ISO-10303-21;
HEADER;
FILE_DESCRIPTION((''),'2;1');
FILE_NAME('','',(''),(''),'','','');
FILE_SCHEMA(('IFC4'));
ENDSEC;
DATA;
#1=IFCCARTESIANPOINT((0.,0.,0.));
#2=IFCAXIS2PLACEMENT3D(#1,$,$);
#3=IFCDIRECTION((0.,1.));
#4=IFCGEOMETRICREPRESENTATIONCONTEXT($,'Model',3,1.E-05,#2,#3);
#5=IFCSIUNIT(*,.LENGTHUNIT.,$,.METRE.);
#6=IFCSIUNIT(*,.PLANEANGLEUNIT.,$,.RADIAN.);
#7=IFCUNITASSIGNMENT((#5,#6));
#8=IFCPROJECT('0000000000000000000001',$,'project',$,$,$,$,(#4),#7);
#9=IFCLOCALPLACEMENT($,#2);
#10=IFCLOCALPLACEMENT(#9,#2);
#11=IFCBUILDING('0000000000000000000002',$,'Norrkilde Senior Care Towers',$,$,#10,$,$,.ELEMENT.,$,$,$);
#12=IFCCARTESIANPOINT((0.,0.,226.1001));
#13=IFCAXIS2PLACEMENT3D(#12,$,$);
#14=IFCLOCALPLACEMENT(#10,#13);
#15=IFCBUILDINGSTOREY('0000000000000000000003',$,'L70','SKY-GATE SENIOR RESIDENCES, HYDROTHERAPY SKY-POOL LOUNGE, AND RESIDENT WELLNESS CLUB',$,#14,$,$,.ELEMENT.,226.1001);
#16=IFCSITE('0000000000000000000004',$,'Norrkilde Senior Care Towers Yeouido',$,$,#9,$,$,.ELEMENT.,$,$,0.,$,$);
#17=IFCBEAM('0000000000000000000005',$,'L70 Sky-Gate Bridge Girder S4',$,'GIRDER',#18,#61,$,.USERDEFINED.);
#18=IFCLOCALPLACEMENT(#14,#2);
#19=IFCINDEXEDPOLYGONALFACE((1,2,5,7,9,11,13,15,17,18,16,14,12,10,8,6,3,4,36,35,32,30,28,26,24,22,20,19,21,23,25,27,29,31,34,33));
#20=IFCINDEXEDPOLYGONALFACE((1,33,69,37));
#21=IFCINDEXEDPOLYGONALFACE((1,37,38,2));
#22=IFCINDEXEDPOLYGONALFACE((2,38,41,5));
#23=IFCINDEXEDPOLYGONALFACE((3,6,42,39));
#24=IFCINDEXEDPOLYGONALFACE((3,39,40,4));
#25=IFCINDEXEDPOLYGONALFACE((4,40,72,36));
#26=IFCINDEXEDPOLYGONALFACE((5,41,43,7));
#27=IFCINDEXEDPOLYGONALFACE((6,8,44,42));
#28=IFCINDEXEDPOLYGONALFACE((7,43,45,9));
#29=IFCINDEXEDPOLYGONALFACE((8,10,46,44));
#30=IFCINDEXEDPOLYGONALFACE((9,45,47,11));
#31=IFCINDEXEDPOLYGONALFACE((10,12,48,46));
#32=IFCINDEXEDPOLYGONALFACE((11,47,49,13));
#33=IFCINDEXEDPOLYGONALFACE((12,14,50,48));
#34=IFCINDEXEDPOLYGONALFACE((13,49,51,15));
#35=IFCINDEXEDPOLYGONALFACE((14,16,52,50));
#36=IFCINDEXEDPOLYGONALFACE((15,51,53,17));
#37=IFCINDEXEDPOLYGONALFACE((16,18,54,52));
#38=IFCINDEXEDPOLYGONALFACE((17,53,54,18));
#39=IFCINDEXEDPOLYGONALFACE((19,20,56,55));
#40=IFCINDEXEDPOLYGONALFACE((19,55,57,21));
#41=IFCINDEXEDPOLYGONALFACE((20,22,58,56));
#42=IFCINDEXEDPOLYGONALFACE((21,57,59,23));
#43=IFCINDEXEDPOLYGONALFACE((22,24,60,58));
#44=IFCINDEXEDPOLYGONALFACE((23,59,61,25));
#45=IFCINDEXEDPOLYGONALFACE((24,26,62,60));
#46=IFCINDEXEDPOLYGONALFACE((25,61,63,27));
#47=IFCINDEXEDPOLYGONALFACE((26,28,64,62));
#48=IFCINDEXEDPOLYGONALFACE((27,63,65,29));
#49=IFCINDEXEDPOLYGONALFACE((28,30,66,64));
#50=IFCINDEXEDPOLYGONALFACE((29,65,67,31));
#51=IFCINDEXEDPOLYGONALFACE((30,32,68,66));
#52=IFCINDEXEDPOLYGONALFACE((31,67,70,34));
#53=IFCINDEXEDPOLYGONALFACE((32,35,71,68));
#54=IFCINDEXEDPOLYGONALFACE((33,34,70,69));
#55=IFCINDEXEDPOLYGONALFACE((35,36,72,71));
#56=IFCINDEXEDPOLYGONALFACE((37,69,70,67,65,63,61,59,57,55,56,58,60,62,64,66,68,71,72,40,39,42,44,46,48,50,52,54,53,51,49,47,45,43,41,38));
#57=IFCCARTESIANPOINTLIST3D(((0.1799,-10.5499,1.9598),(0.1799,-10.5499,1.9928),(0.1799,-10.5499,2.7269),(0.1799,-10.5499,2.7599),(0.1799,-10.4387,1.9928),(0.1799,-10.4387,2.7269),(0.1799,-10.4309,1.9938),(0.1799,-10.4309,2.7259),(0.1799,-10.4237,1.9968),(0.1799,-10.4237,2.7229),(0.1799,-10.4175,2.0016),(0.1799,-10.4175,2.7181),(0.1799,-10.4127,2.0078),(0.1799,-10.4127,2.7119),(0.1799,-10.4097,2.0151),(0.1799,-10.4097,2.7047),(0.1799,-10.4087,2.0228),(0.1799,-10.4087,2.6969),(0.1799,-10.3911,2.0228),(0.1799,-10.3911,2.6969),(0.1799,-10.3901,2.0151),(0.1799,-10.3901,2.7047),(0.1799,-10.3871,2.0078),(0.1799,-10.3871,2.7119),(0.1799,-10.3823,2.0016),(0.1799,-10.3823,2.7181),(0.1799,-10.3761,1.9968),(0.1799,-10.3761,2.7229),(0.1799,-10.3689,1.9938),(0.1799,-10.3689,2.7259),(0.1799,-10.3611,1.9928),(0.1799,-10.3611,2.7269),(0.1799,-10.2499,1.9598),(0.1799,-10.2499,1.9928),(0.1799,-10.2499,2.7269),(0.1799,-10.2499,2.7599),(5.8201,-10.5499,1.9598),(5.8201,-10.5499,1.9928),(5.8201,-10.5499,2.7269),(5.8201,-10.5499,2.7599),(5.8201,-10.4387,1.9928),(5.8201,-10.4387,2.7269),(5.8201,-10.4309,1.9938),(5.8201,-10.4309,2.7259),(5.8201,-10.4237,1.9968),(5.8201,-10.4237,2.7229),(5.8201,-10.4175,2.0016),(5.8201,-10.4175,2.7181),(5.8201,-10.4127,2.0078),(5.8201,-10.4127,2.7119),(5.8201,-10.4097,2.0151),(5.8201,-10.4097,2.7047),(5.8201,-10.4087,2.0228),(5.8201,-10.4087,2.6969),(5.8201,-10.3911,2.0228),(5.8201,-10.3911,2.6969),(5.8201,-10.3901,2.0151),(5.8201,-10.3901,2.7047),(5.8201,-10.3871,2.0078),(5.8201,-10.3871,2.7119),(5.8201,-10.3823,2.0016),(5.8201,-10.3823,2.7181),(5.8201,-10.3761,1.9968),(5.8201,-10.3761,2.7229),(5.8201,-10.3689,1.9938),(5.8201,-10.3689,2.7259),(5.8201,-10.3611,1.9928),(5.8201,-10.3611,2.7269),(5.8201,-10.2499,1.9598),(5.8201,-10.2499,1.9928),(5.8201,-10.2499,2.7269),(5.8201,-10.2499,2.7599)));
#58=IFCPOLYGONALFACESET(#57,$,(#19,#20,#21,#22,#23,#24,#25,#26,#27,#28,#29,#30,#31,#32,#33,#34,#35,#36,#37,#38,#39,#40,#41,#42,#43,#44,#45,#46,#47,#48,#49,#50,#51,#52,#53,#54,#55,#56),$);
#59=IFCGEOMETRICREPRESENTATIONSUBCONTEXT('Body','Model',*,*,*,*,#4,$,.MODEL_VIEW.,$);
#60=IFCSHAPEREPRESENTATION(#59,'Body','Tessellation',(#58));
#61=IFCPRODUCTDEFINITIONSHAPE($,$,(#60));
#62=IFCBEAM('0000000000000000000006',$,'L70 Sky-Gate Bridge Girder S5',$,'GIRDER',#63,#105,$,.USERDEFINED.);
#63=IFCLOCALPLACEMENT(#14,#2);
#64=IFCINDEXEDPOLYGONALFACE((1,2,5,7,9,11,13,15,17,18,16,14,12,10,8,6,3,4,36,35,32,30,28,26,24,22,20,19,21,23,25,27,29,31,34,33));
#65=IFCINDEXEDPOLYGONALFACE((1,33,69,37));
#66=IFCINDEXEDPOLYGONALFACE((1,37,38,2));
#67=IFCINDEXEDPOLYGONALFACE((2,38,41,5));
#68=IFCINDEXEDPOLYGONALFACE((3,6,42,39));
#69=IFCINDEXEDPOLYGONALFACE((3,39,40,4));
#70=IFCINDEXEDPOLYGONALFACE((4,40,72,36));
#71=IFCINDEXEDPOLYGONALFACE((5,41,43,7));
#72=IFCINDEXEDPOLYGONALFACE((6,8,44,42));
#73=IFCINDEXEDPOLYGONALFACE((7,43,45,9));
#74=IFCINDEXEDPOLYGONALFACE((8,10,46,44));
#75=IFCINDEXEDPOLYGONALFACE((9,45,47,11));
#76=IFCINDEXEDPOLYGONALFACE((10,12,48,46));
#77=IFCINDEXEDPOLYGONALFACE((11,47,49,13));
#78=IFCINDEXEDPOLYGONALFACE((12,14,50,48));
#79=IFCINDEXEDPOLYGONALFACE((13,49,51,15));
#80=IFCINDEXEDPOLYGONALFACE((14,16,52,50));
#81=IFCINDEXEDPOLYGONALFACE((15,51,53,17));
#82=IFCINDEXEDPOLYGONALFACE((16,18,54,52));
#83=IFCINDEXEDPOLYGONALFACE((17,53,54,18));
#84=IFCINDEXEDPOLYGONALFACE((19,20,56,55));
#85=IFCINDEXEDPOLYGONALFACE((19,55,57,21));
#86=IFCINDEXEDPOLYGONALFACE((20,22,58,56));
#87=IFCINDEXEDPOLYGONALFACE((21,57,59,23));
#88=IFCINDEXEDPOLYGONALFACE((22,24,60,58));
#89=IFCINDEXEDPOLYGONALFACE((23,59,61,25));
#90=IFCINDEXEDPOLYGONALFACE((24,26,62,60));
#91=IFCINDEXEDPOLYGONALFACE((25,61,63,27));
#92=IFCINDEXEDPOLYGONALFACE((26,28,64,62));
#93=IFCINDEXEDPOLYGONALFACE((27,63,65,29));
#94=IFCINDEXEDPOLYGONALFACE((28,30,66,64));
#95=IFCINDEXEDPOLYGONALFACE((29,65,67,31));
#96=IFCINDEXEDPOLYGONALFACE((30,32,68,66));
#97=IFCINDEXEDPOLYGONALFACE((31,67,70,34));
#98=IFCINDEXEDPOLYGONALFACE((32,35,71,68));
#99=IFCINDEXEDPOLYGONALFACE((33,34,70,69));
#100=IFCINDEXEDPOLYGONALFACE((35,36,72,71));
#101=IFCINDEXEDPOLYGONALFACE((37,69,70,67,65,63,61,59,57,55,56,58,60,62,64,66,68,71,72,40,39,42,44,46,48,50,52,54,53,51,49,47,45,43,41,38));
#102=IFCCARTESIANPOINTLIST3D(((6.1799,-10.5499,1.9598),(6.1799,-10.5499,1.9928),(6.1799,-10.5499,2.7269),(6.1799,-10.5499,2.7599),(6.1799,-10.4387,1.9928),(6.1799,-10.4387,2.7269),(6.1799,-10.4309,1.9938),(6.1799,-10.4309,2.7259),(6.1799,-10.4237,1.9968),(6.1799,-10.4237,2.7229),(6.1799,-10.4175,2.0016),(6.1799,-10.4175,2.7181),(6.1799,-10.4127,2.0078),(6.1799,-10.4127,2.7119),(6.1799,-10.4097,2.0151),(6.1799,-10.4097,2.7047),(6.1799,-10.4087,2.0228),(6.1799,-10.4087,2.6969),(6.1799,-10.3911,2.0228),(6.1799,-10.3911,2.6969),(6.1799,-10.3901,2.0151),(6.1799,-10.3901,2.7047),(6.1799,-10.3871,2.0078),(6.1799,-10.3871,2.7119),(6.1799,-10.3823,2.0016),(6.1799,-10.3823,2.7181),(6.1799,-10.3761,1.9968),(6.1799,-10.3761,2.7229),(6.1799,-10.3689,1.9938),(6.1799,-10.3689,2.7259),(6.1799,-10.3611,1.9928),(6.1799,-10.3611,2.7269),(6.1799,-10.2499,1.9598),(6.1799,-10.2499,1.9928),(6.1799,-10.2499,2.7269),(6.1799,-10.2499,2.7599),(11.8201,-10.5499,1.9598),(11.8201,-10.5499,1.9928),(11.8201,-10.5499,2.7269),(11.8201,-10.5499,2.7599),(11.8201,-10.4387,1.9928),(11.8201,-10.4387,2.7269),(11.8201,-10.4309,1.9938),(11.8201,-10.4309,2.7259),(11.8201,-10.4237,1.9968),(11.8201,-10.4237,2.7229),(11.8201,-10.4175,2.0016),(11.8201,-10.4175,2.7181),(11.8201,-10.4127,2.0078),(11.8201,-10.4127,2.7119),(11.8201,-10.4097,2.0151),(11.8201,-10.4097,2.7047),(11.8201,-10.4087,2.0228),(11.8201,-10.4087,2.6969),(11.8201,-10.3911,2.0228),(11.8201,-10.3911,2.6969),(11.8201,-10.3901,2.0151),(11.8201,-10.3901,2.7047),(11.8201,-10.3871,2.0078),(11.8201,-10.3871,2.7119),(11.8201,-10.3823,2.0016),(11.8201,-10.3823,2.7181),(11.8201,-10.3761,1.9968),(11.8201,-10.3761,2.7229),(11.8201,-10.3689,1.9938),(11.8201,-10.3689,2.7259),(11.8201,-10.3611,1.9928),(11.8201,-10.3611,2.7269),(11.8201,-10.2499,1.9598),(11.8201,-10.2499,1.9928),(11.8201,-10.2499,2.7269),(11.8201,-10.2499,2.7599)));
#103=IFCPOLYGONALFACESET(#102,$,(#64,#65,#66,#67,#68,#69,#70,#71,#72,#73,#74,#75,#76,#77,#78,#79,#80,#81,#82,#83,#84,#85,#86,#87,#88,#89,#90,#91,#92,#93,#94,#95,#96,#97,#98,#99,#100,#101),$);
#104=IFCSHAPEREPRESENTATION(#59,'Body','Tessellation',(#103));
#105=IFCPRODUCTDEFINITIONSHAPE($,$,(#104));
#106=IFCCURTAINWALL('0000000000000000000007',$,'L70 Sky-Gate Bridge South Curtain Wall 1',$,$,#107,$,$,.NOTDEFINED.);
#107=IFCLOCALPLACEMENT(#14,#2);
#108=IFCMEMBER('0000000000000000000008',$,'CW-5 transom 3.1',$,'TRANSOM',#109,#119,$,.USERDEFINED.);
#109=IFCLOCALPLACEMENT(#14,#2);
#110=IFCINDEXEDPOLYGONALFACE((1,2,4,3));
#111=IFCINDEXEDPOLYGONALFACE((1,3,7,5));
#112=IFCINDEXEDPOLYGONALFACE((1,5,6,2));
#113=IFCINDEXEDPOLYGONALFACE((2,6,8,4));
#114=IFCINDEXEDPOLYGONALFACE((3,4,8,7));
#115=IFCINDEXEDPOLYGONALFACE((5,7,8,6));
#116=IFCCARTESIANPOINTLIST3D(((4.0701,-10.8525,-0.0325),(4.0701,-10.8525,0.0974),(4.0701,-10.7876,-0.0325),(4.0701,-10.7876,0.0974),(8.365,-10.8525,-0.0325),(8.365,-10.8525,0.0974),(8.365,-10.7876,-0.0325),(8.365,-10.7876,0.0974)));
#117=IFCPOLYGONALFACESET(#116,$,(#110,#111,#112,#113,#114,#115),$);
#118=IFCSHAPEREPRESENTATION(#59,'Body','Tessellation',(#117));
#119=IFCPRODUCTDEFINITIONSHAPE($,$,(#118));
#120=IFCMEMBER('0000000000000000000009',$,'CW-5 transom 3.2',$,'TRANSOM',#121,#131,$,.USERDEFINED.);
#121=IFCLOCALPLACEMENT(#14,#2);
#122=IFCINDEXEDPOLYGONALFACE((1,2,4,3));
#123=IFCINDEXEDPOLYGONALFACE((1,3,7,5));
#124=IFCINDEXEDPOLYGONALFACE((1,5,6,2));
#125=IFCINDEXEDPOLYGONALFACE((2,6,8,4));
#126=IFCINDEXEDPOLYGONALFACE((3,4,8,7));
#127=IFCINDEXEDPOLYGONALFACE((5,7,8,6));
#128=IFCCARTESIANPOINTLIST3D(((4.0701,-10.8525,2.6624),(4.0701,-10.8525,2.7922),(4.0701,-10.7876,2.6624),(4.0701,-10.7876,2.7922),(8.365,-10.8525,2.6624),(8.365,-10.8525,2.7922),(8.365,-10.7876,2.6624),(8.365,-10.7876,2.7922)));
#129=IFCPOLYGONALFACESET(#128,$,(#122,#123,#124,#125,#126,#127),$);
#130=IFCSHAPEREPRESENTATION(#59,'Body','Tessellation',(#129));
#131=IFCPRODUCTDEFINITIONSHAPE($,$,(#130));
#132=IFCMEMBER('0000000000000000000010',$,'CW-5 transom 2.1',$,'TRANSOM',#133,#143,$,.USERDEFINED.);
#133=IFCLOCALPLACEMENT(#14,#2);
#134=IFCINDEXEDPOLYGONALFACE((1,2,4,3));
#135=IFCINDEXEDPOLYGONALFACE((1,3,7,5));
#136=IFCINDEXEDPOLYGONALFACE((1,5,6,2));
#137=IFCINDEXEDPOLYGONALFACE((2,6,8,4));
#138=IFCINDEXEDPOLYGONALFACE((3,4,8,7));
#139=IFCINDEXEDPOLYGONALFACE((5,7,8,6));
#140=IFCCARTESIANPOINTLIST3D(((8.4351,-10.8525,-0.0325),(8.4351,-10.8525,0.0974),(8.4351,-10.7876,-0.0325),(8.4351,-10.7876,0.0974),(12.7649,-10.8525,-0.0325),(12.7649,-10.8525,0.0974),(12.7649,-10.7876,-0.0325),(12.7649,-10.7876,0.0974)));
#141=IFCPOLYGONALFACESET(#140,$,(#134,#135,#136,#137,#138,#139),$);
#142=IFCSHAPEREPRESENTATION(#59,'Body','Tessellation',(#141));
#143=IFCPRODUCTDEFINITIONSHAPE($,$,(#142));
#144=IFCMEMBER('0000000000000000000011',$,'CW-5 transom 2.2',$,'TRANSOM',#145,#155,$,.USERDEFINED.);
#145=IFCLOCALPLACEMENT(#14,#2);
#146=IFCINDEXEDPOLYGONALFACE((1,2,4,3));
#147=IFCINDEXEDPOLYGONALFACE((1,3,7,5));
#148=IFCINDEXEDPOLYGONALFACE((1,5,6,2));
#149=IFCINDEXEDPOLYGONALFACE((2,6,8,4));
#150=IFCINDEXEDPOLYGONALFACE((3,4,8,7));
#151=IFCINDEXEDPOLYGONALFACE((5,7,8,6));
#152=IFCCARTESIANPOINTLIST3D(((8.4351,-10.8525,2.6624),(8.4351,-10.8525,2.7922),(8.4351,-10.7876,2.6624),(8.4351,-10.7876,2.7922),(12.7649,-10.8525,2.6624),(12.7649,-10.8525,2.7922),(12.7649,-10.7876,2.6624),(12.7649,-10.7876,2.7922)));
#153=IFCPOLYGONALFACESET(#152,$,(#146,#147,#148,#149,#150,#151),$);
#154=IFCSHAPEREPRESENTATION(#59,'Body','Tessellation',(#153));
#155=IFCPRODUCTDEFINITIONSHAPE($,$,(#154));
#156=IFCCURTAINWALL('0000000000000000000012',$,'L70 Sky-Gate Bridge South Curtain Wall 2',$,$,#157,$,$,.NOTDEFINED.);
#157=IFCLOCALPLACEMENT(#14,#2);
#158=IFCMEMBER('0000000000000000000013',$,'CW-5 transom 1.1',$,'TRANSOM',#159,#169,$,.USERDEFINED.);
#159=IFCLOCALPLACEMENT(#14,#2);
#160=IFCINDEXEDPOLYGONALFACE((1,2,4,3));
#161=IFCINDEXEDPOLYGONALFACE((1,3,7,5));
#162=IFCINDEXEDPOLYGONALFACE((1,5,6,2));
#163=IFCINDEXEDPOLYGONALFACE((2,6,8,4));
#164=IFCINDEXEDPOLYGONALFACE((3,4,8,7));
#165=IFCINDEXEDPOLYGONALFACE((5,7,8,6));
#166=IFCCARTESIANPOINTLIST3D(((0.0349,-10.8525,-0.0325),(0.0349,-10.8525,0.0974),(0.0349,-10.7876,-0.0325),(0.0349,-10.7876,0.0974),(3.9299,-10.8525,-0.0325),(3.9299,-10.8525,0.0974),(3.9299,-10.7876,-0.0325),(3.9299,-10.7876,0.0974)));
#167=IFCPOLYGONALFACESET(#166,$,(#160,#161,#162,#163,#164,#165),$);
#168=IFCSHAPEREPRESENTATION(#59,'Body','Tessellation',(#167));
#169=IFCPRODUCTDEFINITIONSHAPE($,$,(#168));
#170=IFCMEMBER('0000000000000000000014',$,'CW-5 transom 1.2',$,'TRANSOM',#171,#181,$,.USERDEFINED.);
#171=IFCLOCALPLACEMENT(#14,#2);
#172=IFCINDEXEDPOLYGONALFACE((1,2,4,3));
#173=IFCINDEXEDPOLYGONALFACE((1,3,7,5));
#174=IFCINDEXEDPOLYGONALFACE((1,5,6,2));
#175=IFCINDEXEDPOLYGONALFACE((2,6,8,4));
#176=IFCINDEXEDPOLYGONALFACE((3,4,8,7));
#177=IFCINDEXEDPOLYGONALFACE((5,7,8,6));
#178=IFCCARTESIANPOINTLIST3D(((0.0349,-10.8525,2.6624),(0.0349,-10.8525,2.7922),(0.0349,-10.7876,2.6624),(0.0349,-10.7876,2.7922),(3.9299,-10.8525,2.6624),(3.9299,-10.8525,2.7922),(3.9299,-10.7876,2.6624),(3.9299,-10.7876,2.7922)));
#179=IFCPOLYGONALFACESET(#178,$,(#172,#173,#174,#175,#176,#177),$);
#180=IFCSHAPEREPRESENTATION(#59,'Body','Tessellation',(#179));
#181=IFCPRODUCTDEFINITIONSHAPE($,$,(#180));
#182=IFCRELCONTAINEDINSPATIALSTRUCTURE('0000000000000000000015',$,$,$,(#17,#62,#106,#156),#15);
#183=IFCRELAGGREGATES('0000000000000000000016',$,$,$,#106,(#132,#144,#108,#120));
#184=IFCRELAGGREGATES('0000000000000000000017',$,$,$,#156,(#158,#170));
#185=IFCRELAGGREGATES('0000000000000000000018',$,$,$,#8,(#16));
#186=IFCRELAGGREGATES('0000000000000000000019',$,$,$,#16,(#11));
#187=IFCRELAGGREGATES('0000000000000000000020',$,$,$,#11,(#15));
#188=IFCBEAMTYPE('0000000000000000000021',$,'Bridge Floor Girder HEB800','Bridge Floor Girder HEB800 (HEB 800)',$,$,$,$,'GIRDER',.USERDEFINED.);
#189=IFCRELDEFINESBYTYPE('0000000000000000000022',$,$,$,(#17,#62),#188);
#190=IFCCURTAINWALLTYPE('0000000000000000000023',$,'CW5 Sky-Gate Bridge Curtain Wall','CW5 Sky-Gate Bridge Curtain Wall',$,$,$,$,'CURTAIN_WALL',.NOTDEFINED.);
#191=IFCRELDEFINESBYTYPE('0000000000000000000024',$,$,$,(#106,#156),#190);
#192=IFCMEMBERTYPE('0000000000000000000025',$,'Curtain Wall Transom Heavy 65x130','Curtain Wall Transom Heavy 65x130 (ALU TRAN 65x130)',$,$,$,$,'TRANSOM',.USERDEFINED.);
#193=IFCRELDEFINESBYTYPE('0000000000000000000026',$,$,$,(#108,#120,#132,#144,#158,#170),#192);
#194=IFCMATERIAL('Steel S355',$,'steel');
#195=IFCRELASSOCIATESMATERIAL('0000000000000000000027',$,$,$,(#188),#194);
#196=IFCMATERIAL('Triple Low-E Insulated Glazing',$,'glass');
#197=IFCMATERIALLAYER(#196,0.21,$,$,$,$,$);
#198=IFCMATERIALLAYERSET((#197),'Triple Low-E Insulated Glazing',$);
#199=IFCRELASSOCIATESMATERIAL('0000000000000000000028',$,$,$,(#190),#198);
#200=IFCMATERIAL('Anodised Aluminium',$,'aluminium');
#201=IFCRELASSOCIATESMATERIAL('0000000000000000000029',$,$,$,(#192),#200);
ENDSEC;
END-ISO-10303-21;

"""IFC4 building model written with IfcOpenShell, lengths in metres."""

from ifc_helpers import new_model, si_unit, direction, frame, origin, origin_2d, place, context, subcontext, project, spatial, rectangle, i_section, extrude, source, transform, mapped, material, layer, layer_set, material_profile, profile_set, type_object, type_shapes, element, aggregate, save


model = new_model("IFC4")

# Units and contexts
model_context = context("Model", 3, precision=1e-05, world=origin(), true_north=direction((0.0, 1.0)))
body_context = subcontext(model_context, "Body", "Model", "MODEL_VIEW")
ifc_project = project(units=[si_unit("LENGTHUNIT", "METRE"), si_unit("PLANEANGLEUNIT", "RADIAN")], contexts=[model_context])

# Site, building, storey
site_placement = place(None, origin())
site = spatial("IfcSite", under=ifc_project, at=site_placement, Name="Norrkilde Senior Care Towers Yeouido", CompositionType="ELEMENT", RefElevation=0.0)
building_placement = place(site_placement, origin())
building = spatial("IfcBuilding", under=site, at=building_placement, Name="Norrkilde Senior Care Towers", CompositionType="ELEMENT")
storey_placement = place(building_placement, frame((0.0, 0.0, 226.1001)))
storey = spatial("IfcBuildingStorey", under=building, at=storey_placement, Name="L70", Description="SKY-GATE SENIOR RESIDENCES, HYDROTHERAPY SKY-POOL LOUNGE, AND RESIDENT WELLNESS CLUB", CompositionType="ELEMENT", Elevation=226.1001)

# Shared definitions
ifc_material_1 = material(Name="Steel S355", Category="steel")

# Beams
ifc_material_profile_1 = material_profile(ifc_material_1, i_section(OverallWidth=0.3, OverallDepth=0.8, WebThickness=0.0176, FlangeThickness=0.033, FilletRadius=0.03, at=origin_2d()), Name="HEB 800")
ifc_profile_set_1 = profile_set([ifc_material_profile_1], Name="Steel S355")
beam_type_1 = type_object("IfcBeamType", Name="Bridge Floor Girder HEB800", Description="Bridge Floor Girder HEB800 (HEB 800)", ElementType="GIRDER", PredefinedType="USERDEFINED", material=ifc_profile_set_1)
shared_shape_1 = source(origin(), body_context, "Body", "SweptSolid", [
    extrude(i_section(OverallWidth=0.3, OverallDepth=0.8, WebThickness=0.0176, FlangeThickness=0.033, FilletRadius=0.03, at=origin_2d()), origin(), (0.0, 0.0, 1.0), 5.6401),
])
type_shapes(beam_type_1, [shared_shape_1])
for number, where, z_axis, x_axis, name in (
    (1, (0.1799, -10.3999, 2.3599), (1.0, 0.0, 0.0), (0.0, 1.0, 0.0), "L70 Sky-Gate Bridge Girder S4"),
    (2, (6.1799, -10.3999, 2.3599), (1.0, 0.0, 0.0), (0.0, 1.0, 0.0), "L70 Sky-Gate Bridge Girder S5"),
):
    element("IfcBeam", number, at=place(storey_placement, frame(where, z_axis=z_axis, x_axis=x_axis)), inside=storey, type_object=beam_type_1, Name=name, ObjectType="GIRDER", PredefinedType="USERDEFINED", context=body_context, shape_type="MappedRepresentation", body=[
        mapped(shared_shape_1, transform((0.0, 0.0, 0.0), x_axis=(1.0, 0.0, 0.0), y_axis=(0.0, 1.0, 0.0), z_axis=(0.0, 0.0, 1.0), scale=1.0)),
    ])

# Curtain walls, members
ifc_material_2 = material(Name="Triple Low-E Insulated Glazing", Category="glass")
ifc_layer_1 = layer(ifc_material_2, 0.21)
ifc_layer_set_1 = layer_set([ifc_layer_1], Name="Triple Low-E Insulated Glazing")
curtain_wall_type = type_object("IfcCurtainWallType", Name="CW5 Sky-Gate Bridge Curtain Wall", Description="CW5 Sky-Gate Bridge Curtain Wall", ElementType="CURTAIN_WALL", PredefinedType="NOTDEFINED", material=ifc_layer_set_1)
curtain_wall_1_placement = place(storey_placement, origin())
curtain_wall_1 = element("IfcCurtainWall", 3, at=curtain_wall_1_placement, inside=storey, type_object=curtain_wall_type, Name="L70 Sky-Gate Bridge South Curtain Wall 1", PredefinedType="NOTDEFINED")
ifc_material_3 = material(Name="Anodised Aluminium", Category="aluminium")
ifc_material_profile_2 = material_profile(ifc_material_3, rectangle(XDim=0.0649, YDim=0.1299, at=origin_2d()), Name="ALU TRAN 65x130")
ifc_profile_set_2 = profile_set([ifc_material_profile_2], Name="Anodised Aluminium")
member_type_1 = type_object("IfcMemberType", Name="Curtain Wall Transom Heavy 65x130", Description="Curtain Wall Transom Heavy 65x130 (ALU TRAN 65x130)", ElementType="TRANSOM", PredefinedType="USERDEFINED", material=ifc_profile_set_2)
shared_shape_2 = source(origin(), body_context, "Body", "SweptSolid", [
    extrude(rectangle(XDim=0.0649, YDim=0.1299, at=origin_2d()), origin(), (0.0, 0.0, 1.0), 4.2949),
])
member_1_placement = place(storey_placement, frame((8.365, -10.8201, 0.0325), z_axis=(-1.0, 0.0, 0.0), x_axis=(0.0, -1.0, 0.0)))
member_1 = element("IfcMember", 4, at=member_1_placement, type_object=member_type_1, Name="CW-5 transom 3.1", ObjectType="TRANSOM", PredefinedType="USERDEFINED", context=body_context, shape_type="MappedRepresentation", body=[
    mapped(shared_shape_2, transform((0.0, 0.0, 0.0), x_axis=(1.0, 0.0, 0.0), y_axis=(0.0, 1.0, 0.0), z_axis=(0.0, 0.0, 1.0), scale=1.0)),
])
member_2_placement = place(storey_placement, frame((8.365, -10.8201, 2.7273), z_axis=(-1.0, 0.0, 0.0), x_axis=(0.0, -1.0, 0.0)))
member_2 = element("IfcMember", 5, at=member_2_placement, type_object=member_type_1, Name="CW-5 transom 3.2", ObjectType="TRANSOM", PredefinedType="USERDEFINED", context=body_context, shape_type="MappedRepresentation", body=[
    mapped(shared_shape_2, transform((0.0, 0.0, 0.0), x_axis=(1.0, 0.0, 0.0), y_axis=(0.0, 1.0, 0.0), z_axis=(0.0, 0.0, 1.0), scale=1.0)),
])
shared_shape_3 = source(origin(), body_context, "Body", "SweptSolid", [
    extrude(rectangle(XDim=0.0649, YDim=0.1299, at=origin_2d()), origin(), (0.0, 0.0, 1.0), 4.3298),
])
member_3_placement = place(storey_placement, frame((12.7649, -10.8201, 0.0325), z_axis=(-1.0, 0.0, 0.0), x_axis=(0.0, -1.0, 0.0)))
member_3 = element("IfcMember", 6, at=member_3_placement, type_object=member_type_1, Name="CW-5 transom 2.1", ObjectType="TRANSOM", PredefinedType="USERDEFINED", context=body_context, shape_type="MappedRepresentation", body=[
    mapped(shared_shape_3, transform((0.0, 0.0, 0.0), x_axis=(1.0, 0.0, 0.0), y_axis=(0.0, 1.0, 0.0), z_axis=(0.0, 0.0, 1.0), scale=1.0)),
])
member_4_placement = place(storey_placement, frame((12.7649, -10.8201, 2.7273), z_axis=(-1.0, 0.0, 0.0), x_axis=(0.0, -1.0, 0.0)))
member_4 = element("IfcMember", 7, at=member_4_placement, type_object=member_type_1, Name="CW-5 transom 2.2", ObjectType="TRANSOM", PredefinedType="USERDEFINED", context=body_context, shape_type="MappedRepresentation", body=[
    mapped(shared_shape_3, transform((0.0, 0.0, 0.0), x_axis=(1.0, 0.0, 0.0), y_axis=(0.0, 1.0, 0.0), z_axis=(0.0, 0.0, 1.0), scale=1.0)),
])
curtain_wall_2_placement = place(storey_placement, origin())
curtain_wall_2 = element("IfcCurtainWall", 8, at=curtain_wall_2_placement, inside=storey, type_object=curtain_wall_type, Name="L70 Sky-Gate Bridge South Curtain Wall 2", PredefinedType="NOTDEFINED")
shared_shape_4 = source(origin(), body_context, "Body", "SweptSolid", [
    extrude(rectangle(XDim=0.0649, YDim=0.1299, at=origin_2d()), origin(), (0.0, 0.0, 1.0), 3.895),
])
type_shapes(member_type_1, [shared_shape_2, shared_shape_3, shared_shape_4])
member_5_placement = place(storey_placement, frame((3.9299, -10.8201, 0.0325), z_axis=(-1.0, 0.0, 0.0), x_axis=(0.0, -1.0, 0.0)))
member_5 = element("IfcMember", 9, at=member_5_placement, type_object=member_type_1, Name="CW-5 transom 1.1", ObjectType="TRANSOM", PredefinedType="USERDEFINED", context=body_context, shape_type="MappedRepresentation", body=[
    mapped(shared_shape_4, transform((0.0, 0.0, 0.0), x_axis=(1.0, 0.0, 0.0), y_axis=(0.0, 1.0, 0.0), z_axis=(0.0, 0.0, 1.0), scale=1.0)),
])
member_6_placement = place(storey_placement, frame((3.9299, -10.8201, 2.7273), z_axis=(-1.0, 0.0, 0.0), x_axis=(0.0, -1.0, 0.0)))
member_6 = element("IfcMember", 10, at=member_6_placement, type_object=member_type_1, Name="CW-5 transom 1.2", ObjectType="TRANSOM", PredefinedType="USERDEFINED", context=body_context, shape_type="MappedRepresentation", body=[
    mapped(shared_shape_4, transform((0.0, 0.0, 0.0), x_axis=(1.0, 0.0, 0.0), y_axis=(0.0, 1.0, 0.0), z_axis=(0.0, 0.0, 1.0), scale=1.0)),
])

aggregate(curtain_wall_1, [member_3, member_4, member_1, member_2])
aggregate(curtain_wall_2, [member_5, member_6])

save(model, "model.ifc")
